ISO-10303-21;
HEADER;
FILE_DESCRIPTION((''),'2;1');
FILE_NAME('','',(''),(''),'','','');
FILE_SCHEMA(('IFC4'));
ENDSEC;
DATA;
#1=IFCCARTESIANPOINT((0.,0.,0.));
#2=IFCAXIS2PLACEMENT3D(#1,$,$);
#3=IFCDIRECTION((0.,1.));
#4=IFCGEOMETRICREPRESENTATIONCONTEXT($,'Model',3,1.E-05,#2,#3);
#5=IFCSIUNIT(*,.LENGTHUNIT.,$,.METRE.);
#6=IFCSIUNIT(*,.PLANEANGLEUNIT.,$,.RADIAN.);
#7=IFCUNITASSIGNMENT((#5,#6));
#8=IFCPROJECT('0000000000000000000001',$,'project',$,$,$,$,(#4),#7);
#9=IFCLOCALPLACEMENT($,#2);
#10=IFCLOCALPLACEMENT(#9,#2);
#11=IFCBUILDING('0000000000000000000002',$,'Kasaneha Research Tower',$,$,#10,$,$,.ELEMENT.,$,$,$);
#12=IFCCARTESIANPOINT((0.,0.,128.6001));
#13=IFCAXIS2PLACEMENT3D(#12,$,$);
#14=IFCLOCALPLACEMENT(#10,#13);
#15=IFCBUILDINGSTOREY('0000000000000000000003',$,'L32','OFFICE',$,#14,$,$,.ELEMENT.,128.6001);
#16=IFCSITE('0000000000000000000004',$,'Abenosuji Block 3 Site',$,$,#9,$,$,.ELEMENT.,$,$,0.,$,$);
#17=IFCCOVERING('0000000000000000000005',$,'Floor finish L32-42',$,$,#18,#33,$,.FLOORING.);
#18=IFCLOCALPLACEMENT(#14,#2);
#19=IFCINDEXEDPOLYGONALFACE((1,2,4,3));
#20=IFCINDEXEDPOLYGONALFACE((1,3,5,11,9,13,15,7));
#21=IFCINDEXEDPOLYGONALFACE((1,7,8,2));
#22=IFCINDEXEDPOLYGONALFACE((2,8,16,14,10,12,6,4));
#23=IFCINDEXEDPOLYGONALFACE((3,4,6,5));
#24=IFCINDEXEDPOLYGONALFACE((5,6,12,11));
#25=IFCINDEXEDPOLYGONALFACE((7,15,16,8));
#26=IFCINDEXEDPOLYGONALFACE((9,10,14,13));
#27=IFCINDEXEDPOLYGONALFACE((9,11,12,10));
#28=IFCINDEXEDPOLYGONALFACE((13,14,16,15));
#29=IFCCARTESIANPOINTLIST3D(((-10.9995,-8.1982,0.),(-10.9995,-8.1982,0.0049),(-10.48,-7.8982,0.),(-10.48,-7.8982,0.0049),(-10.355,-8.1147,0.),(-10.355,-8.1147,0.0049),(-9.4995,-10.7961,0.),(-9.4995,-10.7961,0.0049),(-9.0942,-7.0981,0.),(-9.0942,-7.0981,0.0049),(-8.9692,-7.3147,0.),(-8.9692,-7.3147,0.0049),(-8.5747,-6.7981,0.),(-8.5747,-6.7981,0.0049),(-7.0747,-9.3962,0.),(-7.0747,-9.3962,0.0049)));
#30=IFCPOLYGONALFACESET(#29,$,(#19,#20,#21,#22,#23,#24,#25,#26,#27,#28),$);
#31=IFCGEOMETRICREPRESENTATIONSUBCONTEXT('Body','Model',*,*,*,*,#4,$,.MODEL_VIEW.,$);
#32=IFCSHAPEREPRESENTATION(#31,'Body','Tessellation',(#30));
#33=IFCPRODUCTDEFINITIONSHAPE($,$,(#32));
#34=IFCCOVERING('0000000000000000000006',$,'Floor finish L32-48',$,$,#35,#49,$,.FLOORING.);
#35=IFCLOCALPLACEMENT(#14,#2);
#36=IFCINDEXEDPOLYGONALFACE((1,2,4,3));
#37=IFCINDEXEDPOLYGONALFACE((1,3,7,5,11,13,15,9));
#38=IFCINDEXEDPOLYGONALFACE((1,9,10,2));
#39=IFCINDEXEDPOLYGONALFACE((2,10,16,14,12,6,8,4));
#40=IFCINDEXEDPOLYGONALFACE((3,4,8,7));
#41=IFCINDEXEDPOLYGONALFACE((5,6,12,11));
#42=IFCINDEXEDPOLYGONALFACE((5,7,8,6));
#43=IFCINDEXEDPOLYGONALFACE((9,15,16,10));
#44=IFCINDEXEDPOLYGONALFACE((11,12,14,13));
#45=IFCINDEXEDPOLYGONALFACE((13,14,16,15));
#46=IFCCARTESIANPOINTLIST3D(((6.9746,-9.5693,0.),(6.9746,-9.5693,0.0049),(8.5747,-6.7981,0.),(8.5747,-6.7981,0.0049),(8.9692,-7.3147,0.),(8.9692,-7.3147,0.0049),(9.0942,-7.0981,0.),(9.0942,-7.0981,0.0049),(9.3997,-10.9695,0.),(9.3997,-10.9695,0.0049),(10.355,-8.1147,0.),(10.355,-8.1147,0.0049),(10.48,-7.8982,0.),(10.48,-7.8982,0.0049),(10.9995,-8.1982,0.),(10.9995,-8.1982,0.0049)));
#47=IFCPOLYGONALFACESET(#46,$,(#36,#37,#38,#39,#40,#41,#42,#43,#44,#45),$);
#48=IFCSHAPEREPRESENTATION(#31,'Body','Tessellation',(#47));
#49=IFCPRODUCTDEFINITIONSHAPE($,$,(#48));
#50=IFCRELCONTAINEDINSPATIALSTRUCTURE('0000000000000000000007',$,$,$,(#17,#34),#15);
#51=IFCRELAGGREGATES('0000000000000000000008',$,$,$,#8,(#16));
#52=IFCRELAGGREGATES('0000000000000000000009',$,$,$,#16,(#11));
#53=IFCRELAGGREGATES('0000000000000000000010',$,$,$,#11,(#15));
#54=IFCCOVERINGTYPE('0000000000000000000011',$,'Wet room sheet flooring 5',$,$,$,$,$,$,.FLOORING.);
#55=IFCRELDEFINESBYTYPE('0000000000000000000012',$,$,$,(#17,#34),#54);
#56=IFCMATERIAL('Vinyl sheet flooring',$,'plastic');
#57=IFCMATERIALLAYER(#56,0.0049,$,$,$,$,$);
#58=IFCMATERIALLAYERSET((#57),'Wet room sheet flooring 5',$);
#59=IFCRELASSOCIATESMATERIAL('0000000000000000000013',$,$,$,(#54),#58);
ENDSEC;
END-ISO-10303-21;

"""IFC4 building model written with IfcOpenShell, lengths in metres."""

from ifc_helpers import new_model, si_unit, direction, frame, origin, place, context, subcontext, project, spatial, polyline, outline, extrude, material, layer, layer_set, type_object, element, save


model = new_model("IFC4")

# Units and contexts
model_context = context("Model", 3, precision=1e-05, world=origin(), true_north=direction((0.0, 1.0)))
body_context = subcontext(model_context, "Body", "Model", "MODEL_VIEW")
ifc_project = project(units=[si_unit("LENGTHUNIT", "METRE"), si_unit("PLANEANGLEUNIT", "RADIAN")], contexts=[model_context])

# Site, building, storey
site_placement = place(None, origin())
site = spatial("IfcSite", under=ifc_project, at=site_placement, Name="Abenosuji Block 3 Site", CompositionType="ELEMENT", RefElevation=0.0)
building_placement = place(site_placement, origin())
building = spatial("IfcBuilding", under=site, at=building_placement, Name="Kasaneha Research Tower", CompositionType="ELEMENT")
storey_placement = place(building_placement, frame((0.0, 0.0, 128.6001)))
storey = spatial("IfcBuildingStorey", under=building, at=storey_placement, Name="L32", Description="OFFICE", CompositionType="ELEMENT", Elevation=128.6001)

# Coverings
ifc_material_1 = material(Name="Vinyl sheet flooring", Category="plastic")
ifc_layer_1 = layer(ifc_material_1, 0.0049)
ifc_layer_set_1 = layer_set([ifc_layer_1], Name="Wet room sheet flooring 5")
covering_type_1 = type_object("IfcCoveringType", Name="Wet room sheet flooring 5", PredefinedType="FLOORING", material=ifc_layer_set_1)
covering_1_placement = place(storey_placement, origin())
element("IfcCovering", 1, at=covering_1_placement, inside=storey, type_object=covering_type_1, Name="Floor finish L32-42", PredefinedType="FLOORING", context=body_context, shape_type="SweptSolid", body=[
    extrude(outline(polyline([(-10.9995, -8.1982), (-10.48, -7.8982), (-10.355, -8.1147), (-8.9692, -7.3147), (-9.0942, -7.0981), (-8.5747, -6.7981), (-7.0747, -9.3962), (-9.4995, -10.7961), (-10.9995, -8.1982)])), origin(), (0.0, 0.0, 1.0), 0.0049),
])
covering_2_placement = place(storey_placement, origin())
element("IfcCovering", 2, at=covering_2_placement, inside=storey, type_object=covering_type_1, Name="Floor finish L32-48", PredefinedType="FLOORING", context=body_context, shape_type="SweptSolid", body=[
    extrude(outline(polyline([(9.3997, -10.9695), (6.9746, -9.5693), (8.5747, -6.7981), (9.0942, -7.0981), (8.9692, -7.3147), (10.355, -8.1147), (10.48, -7.8982), (10.9995, -8.1982), (9.3997, -10.9695)])), origin(), (0.0, 0.0, 1.0), 0.0049),
])

save(model, "model.ifc")
